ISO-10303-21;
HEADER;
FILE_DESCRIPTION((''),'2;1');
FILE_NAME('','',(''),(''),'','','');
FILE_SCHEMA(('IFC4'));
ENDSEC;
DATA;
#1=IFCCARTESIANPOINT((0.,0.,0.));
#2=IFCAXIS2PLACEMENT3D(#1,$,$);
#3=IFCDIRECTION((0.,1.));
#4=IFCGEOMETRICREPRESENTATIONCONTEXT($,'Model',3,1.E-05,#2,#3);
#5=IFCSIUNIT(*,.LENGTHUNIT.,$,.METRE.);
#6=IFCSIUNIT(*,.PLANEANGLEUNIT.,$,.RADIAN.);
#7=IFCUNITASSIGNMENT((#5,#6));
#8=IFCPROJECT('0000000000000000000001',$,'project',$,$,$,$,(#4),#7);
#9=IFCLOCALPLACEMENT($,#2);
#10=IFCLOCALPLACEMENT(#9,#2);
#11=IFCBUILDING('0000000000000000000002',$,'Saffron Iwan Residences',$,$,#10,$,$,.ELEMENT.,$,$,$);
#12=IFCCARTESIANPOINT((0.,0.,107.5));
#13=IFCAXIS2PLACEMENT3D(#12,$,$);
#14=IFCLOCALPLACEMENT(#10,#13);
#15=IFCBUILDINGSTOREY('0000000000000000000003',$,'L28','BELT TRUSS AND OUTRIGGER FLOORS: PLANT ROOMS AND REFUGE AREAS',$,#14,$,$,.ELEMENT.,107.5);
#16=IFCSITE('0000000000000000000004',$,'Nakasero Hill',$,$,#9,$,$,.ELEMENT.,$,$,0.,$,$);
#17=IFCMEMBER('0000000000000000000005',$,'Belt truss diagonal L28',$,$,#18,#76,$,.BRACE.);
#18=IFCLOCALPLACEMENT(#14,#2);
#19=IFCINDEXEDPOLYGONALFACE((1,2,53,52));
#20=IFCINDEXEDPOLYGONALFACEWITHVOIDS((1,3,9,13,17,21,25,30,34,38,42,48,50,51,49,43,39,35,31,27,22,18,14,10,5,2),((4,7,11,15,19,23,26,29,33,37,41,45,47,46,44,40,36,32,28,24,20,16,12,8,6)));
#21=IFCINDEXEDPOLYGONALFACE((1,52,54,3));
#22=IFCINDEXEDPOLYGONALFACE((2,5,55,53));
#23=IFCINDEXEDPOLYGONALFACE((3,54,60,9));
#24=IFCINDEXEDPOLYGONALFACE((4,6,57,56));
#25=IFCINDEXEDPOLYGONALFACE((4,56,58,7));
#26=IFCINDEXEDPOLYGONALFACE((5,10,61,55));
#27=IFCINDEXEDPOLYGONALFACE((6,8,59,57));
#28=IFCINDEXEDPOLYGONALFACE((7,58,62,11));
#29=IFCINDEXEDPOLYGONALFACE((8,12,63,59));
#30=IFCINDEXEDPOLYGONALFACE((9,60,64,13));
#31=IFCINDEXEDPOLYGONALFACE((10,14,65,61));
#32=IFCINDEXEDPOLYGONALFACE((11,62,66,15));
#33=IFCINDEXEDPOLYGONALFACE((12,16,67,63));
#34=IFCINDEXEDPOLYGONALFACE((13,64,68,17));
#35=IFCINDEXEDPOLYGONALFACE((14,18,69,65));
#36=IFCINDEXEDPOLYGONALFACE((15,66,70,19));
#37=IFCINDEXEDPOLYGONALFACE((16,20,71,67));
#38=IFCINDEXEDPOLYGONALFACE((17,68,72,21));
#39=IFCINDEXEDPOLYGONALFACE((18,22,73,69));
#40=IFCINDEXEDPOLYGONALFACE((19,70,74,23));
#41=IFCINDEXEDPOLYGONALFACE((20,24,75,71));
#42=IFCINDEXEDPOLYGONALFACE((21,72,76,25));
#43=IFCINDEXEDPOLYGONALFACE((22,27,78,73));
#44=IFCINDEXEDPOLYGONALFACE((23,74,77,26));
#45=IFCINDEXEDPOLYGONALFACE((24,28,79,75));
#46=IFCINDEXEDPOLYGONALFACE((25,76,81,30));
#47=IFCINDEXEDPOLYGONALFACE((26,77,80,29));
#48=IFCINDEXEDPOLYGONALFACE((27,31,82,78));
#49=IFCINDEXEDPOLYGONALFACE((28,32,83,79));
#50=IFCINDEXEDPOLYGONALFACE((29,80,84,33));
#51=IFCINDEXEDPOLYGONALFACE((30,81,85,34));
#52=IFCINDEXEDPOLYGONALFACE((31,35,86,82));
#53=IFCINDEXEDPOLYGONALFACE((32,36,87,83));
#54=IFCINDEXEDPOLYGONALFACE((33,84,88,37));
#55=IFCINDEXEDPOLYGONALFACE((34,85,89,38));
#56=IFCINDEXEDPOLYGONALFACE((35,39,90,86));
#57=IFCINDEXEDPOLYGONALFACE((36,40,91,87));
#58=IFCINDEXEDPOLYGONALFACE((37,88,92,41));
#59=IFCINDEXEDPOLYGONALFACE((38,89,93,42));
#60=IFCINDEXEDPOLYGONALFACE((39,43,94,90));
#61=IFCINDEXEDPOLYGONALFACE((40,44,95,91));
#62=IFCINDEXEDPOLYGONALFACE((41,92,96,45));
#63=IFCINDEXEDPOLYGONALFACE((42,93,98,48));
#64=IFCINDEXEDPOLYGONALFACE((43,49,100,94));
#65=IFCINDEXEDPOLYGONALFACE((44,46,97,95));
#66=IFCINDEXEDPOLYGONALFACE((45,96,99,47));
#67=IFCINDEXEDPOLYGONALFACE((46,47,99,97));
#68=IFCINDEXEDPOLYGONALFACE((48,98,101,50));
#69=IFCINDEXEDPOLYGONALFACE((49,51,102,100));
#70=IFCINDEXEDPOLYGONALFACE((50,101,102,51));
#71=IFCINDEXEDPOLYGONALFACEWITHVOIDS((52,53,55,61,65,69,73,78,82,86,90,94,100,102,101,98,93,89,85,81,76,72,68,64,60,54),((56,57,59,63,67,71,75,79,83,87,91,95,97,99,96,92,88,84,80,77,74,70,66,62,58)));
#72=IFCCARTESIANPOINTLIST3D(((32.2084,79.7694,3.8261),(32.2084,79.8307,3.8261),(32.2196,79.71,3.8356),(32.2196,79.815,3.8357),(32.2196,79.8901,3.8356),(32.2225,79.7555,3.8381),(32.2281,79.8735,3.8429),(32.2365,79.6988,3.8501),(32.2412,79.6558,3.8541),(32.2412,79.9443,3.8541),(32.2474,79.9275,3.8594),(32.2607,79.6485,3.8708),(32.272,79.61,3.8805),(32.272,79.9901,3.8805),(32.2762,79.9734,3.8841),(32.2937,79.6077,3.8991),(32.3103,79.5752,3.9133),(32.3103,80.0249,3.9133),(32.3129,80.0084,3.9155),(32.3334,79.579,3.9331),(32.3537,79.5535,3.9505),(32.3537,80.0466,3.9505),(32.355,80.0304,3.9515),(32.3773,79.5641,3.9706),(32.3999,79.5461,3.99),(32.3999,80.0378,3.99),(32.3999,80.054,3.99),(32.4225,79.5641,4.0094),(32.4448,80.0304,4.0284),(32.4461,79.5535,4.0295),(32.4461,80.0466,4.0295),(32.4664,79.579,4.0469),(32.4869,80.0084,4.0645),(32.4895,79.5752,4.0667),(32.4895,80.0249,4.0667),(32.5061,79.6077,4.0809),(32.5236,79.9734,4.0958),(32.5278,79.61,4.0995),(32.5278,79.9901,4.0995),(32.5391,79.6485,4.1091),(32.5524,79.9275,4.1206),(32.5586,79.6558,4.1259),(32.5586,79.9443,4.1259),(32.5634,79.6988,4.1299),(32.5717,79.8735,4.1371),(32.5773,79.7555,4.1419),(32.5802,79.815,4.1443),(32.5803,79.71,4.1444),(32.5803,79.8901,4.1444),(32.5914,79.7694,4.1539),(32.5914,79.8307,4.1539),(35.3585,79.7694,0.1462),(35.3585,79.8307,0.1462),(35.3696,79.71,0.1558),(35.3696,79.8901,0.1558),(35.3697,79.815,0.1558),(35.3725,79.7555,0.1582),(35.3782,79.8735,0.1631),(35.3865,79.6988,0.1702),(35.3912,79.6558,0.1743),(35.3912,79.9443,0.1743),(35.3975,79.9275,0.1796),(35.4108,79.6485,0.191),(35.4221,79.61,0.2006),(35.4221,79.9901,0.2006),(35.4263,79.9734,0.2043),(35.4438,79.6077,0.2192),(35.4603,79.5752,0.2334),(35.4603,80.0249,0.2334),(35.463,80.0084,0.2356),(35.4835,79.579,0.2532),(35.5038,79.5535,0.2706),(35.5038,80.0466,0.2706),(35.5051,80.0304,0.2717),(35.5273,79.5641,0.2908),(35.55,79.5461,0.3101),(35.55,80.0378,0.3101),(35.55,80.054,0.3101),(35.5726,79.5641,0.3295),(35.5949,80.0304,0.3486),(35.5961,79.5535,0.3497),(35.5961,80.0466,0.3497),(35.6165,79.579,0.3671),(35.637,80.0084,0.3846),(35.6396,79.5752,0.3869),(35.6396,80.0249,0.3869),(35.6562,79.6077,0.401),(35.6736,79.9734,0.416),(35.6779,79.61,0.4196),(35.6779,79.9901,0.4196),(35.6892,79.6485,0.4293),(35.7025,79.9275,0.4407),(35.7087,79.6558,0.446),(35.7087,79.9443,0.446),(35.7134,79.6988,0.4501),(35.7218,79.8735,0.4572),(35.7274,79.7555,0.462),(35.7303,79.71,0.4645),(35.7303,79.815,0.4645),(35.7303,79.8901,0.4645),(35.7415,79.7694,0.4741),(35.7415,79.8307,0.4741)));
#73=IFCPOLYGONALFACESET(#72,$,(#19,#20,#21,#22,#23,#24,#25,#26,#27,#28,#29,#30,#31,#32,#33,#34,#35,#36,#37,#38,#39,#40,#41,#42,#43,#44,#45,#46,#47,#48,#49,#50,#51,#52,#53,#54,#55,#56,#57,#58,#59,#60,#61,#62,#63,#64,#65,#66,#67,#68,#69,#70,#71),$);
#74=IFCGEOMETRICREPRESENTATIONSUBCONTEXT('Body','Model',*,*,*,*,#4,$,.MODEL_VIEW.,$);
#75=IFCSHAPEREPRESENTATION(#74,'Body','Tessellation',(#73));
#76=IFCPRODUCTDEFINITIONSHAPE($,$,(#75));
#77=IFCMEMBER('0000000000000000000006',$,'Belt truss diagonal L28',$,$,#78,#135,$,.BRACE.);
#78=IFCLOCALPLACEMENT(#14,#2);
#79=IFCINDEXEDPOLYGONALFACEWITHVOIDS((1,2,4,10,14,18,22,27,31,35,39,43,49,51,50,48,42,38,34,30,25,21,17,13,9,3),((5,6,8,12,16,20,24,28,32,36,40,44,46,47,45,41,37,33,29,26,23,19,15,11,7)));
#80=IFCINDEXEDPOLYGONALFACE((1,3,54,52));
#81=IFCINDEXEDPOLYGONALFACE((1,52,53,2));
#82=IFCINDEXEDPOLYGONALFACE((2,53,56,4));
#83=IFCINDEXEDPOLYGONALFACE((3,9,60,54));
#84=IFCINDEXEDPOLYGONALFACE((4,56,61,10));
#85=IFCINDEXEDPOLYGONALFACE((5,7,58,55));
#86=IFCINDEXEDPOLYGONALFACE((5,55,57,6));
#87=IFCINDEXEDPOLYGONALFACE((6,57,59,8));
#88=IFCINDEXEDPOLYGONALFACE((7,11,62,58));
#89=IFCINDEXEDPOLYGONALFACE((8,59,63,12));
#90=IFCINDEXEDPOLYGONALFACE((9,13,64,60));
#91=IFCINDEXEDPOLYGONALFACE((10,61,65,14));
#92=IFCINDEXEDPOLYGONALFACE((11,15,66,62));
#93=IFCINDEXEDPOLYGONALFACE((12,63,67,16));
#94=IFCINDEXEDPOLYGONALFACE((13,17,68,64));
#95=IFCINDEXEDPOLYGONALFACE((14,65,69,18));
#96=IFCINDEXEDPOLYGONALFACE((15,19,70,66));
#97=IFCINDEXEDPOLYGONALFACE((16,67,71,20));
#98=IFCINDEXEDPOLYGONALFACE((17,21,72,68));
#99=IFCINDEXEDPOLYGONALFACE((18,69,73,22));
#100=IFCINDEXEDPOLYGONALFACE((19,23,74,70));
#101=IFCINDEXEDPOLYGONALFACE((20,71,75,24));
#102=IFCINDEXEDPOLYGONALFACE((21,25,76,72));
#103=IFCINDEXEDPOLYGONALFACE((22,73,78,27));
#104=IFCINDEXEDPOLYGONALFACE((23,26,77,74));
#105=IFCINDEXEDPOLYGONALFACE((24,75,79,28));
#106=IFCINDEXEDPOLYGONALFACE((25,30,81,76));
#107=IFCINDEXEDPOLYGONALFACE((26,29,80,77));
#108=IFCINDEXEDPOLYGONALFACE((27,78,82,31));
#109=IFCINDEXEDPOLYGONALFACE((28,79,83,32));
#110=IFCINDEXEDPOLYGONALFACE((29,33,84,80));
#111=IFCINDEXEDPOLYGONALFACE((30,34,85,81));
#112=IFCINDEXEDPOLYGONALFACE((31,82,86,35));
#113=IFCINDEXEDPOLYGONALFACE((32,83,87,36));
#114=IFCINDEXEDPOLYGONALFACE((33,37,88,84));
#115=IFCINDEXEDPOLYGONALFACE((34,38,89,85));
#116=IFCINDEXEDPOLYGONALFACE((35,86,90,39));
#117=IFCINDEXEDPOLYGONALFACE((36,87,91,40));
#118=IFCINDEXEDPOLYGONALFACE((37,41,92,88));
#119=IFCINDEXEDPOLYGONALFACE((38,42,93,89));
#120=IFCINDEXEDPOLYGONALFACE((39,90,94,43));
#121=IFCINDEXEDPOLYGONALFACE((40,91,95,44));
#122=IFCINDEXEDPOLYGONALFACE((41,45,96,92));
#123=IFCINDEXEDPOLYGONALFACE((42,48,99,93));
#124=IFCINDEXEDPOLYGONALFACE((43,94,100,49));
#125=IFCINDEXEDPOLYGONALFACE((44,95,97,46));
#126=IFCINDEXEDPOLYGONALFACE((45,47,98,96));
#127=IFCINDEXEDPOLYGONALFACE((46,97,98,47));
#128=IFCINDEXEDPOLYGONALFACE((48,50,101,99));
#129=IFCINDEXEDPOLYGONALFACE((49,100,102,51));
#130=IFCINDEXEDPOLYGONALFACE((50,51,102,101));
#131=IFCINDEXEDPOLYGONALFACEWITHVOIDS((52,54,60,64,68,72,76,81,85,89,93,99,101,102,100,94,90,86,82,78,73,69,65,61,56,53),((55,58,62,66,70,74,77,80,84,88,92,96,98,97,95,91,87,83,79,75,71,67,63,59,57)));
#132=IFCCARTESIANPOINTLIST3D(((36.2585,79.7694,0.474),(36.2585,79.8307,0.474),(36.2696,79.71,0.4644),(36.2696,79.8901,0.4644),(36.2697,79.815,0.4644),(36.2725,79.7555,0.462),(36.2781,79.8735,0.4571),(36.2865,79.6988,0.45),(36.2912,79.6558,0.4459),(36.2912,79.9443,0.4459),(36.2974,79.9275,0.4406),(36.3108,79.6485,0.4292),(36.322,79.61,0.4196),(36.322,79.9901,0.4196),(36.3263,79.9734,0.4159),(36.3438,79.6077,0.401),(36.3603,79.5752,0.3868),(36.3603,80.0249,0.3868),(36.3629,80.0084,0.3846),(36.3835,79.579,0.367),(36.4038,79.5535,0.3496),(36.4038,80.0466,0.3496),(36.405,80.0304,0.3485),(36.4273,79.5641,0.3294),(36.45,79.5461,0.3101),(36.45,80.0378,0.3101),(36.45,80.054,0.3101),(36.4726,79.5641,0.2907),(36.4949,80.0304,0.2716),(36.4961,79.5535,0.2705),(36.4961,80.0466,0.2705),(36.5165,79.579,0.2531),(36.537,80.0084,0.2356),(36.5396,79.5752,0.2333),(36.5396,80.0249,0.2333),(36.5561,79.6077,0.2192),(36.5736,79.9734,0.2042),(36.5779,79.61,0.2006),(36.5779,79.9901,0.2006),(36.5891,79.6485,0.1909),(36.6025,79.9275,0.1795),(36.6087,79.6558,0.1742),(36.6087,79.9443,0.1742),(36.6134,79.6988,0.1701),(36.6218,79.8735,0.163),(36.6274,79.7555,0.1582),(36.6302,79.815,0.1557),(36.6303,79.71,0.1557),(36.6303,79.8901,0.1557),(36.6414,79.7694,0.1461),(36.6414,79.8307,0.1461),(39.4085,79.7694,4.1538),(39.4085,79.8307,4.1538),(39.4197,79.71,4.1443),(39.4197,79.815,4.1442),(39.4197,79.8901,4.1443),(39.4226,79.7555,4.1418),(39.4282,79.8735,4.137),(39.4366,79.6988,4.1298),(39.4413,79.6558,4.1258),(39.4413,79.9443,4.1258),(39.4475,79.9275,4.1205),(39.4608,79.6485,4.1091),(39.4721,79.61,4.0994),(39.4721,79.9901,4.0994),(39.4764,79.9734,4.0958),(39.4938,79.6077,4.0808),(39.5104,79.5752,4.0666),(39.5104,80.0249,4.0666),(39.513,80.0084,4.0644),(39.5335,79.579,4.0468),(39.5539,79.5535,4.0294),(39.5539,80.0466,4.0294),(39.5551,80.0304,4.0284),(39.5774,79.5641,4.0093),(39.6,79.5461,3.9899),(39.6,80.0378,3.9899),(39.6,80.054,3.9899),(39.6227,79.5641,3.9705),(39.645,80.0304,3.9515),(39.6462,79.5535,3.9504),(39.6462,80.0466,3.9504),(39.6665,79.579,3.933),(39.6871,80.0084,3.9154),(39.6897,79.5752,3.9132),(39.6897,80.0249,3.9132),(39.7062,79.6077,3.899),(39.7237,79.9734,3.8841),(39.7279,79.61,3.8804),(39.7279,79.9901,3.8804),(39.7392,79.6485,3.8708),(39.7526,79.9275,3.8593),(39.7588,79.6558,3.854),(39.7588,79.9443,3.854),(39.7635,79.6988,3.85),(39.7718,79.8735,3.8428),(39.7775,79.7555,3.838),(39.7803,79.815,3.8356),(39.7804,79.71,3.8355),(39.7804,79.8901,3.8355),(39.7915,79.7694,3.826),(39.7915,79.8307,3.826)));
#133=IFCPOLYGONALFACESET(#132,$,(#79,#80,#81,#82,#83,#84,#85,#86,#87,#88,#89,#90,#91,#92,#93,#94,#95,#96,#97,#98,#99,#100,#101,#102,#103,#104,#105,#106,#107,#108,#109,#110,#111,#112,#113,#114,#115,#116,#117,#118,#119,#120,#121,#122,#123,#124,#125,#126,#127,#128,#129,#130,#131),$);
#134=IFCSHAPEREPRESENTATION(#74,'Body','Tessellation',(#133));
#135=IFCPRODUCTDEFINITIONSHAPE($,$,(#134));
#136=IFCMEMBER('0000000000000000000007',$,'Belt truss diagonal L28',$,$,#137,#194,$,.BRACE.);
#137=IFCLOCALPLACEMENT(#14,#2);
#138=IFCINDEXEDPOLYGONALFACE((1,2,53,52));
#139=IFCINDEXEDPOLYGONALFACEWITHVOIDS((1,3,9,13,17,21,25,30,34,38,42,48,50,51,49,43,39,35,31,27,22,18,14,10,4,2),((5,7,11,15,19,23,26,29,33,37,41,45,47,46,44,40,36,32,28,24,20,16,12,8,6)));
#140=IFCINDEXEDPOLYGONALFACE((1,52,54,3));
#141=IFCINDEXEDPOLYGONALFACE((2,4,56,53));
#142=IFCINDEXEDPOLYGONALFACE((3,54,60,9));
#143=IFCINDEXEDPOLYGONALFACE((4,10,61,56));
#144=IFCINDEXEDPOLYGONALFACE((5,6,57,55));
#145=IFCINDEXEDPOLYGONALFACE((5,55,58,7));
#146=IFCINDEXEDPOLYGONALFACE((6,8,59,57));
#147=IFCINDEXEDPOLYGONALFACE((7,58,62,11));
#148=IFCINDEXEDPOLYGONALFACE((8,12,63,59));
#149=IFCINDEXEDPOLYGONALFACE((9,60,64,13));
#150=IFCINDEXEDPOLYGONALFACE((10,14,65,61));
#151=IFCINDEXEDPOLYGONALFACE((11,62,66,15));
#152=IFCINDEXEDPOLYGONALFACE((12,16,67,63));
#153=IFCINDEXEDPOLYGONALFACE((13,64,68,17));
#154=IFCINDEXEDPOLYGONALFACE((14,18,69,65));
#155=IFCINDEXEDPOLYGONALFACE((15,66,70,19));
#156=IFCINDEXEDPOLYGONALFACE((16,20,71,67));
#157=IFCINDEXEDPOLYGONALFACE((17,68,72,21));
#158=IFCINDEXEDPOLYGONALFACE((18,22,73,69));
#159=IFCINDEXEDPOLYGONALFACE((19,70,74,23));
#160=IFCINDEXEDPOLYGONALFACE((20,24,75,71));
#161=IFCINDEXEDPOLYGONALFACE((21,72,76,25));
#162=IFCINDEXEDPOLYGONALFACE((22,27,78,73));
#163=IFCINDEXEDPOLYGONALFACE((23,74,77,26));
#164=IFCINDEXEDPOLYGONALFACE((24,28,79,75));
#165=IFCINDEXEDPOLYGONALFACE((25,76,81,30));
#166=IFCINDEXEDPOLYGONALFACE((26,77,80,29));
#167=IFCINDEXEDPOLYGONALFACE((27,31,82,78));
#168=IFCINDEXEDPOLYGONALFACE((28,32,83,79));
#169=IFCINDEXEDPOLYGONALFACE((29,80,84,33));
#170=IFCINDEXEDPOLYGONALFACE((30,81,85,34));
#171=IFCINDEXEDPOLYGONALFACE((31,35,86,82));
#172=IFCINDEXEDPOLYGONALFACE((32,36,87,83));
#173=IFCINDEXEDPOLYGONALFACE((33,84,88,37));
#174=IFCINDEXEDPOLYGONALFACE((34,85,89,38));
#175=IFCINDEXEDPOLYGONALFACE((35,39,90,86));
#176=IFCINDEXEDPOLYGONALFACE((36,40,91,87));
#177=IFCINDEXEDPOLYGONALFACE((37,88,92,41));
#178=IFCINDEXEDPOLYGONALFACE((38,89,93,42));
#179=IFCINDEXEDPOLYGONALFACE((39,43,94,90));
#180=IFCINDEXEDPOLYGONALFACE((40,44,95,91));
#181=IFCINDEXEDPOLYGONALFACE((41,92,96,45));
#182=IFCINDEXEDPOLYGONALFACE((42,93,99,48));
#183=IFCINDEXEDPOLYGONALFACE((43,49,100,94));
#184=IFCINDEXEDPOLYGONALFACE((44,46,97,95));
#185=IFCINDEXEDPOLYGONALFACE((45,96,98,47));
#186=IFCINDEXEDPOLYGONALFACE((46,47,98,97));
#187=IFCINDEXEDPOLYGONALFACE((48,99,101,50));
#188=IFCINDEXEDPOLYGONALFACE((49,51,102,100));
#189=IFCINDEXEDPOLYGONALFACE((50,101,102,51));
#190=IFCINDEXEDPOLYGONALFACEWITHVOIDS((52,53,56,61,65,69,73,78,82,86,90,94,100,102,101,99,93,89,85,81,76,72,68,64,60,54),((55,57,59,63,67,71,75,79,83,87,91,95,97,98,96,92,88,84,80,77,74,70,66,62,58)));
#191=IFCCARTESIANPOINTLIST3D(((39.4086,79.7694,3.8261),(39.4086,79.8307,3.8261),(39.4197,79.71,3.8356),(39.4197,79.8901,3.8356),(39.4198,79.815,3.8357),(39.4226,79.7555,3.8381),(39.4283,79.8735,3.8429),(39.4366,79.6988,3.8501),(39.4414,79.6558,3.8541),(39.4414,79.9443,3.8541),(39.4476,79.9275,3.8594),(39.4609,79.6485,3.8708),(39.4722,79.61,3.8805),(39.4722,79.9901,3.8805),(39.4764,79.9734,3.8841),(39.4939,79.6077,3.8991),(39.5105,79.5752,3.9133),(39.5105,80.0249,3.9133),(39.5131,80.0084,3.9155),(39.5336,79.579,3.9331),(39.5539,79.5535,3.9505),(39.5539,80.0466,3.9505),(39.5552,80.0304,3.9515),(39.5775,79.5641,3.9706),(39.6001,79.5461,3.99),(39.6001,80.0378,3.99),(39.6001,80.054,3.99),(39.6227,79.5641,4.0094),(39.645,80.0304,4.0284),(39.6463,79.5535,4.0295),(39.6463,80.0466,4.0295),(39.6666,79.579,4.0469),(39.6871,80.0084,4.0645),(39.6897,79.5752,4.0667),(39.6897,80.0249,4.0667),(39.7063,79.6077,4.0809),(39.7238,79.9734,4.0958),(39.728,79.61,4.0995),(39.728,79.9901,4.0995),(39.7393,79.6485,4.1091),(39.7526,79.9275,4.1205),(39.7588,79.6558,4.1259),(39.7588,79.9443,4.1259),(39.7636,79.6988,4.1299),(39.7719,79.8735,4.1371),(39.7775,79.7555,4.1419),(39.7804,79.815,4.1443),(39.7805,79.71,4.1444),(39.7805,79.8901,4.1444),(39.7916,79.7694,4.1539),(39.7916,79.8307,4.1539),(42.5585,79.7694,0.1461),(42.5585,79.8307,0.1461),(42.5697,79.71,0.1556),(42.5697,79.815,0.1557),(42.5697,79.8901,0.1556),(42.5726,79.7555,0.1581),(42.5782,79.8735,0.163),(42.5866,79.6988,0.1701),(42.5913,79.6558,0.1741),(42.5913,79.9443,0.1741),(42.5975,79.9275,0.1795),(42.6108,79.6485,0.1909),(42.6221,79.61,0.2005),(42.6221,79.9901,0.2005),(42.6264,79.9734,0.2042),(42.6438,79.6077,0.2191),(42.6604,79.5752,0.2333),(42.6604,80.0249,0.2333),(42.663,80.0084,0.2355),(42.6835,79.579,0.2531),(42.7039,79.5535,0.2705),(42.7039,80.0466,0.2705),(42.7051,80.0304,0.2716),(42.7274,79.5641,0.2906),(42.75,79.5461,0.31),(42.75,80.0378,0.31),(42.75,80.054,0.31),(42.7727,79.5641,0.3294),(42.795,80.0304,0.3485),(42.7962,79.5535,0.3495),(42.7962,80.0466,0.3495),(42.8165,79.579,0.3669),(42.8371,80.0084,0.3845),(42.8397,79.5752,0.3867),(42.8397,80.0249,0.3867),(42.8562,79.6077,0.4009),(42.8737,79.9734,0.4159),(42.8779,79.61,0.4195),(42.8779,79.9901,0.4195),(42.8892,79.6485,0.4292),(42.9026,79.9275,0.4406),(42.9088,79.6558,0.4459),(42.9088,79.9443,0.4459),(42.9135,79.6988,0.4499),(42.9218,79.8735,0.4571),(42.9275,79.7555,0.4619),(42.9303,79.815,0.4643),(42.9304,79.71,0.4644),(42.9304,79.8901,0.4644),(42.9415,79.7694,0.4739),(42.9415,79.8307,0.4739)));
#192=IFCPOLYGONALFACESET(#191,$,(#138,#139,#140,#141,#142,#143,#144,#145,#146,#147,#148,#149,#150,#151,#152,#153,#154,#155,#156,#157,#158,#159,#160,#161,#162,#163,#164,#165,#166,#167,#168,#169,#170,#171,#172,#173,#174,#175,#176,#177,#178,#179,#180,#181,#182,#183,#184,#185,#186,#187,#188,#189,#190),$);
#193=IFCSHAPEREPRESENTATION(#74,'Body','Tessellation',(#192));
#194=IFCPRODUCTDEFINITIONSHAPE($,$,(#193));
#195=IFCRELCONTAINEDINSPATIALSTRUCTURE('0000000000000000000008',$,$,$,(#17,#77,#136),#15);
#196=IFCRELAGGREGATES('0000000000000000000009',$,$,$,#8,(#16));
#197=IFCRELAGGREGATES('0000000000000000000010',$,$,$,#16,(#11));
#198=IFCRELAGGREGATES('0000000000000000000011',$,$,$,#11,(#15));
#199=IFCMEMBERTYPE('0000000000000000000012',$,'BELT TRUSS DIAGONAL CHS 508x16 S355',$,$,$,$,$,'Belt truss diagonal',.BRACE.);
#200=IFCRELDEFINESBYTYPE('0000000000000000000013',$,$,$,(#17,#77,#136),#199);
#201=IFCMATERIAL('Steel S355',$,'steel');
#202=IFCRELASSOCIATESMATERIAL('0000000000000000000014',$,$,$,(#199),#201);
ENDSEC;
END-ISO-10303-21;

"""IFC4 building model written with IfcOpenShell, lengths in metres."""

from ifc_helpers import new_model, si_unit, direction, frame, origin, origin_2d, place, context, subcontext, project, spatial, hollow_circle, extrude, source, transform, mapped, material, material_profile, profile_set, type_object, element, save


model = new_model("IFC4")

# Units and contexts
model_context = context("Model", 3, precision=1e-05, world=origin(), true_north=direction((0.0, 1.0)))
body_context = subcontext(model_context, "Body", "Model", "MODEL_VIEW")
ifc_project = project(units=[si_unit("LENGTHUNIT", "METRE"), si_unit("PLANEANGLEUNIT", "RADIAN")], contexts=[model_context])

# Site, building, storey
site_placement = place(None, origin())
site = spatial("IfcSite", under=ifc_project, at=site_placement, Name="Nakasero Hill", CompositionType="ELEMENT", RefElevation=0.0)
building_placement = place(site_placement, origin())
building = spatial("IfcBuilding", under=site, at=building_placement, Name="Saffron Iwan Residences", CompositionType="ELEMENT")
storey_placement = place(building_placement, frame((0.0, 0.0, 107.5)))
storey = spatial("IfcBuildingStorey", under=building, at=storey_placement, Name="L28", Description="BELT TRUSS AND OUTRIGGER FLOORS: PLANT ROOMS AND REFUGE AREAS", CompositionType="ELEMENT", Elevation=107.5)

# Members
ifc_material_1 = material(Name="Steel S355", Category="steel")
ifc_material_profile_1 = material_profile(ifc_material_1, hollow_circle(Radius=0.2539, WallThickness=0.0161, at=origin_2d()), Name="CHS 508x16")
ifc_profile_set_1 = profile_set([ifc_material_profile_1], Name="Steel S355")
member_type_1 = type_object("IfcMemberType", Name="BELT TRUSS DIAGONAL CHS 508x16 S355", ElementType="Belt truss diagonal", PredefinedType="BRACE", material=ifc_profile_set_1)
shared_shape_1 = source(origin(), body_context, "Body", "SweptSolid", [
    extrude(hollow_circle(Radius=0.2539, WallThickness=0.0161, at=origin_2d()), origin(), (0.0, 0.0, 1.0), 4.844),
])
for number, where, z_axis, x_axis, name in (
    (1, (32.3999, 79.8, 3.99), (0.650306, 0.0, -0.759673), (0.0, 1.0, 0.0), "Belt truss diagonal L28"),
    (2, (36.45, 79.8, 0.3101), (0.650306, 0.0, 0.759673), (0.0, 1.0, 0.0), "Belt truss diagonal L28"),
    (3, (39.6001, 79.8, 3.99), (0.650277, 0.0, -0.759698), (0.0, 1.0, 0.0), "Belt truss diagonal L28"),
):
    element("IfcMember", number, at=place(storey_placement, frame(where, z_axis=z_axis, x_axis=x_axis)), inside=storey, type_object=member_type_1, Name=name, PredefinedType="BRACE", context=body_context, shape_type="MappedRepresentation", body=[
        mapped(shared_shape_1, transform((0.0, 0.0, 0.0))),
    ])

save(model, "model.ifc")
